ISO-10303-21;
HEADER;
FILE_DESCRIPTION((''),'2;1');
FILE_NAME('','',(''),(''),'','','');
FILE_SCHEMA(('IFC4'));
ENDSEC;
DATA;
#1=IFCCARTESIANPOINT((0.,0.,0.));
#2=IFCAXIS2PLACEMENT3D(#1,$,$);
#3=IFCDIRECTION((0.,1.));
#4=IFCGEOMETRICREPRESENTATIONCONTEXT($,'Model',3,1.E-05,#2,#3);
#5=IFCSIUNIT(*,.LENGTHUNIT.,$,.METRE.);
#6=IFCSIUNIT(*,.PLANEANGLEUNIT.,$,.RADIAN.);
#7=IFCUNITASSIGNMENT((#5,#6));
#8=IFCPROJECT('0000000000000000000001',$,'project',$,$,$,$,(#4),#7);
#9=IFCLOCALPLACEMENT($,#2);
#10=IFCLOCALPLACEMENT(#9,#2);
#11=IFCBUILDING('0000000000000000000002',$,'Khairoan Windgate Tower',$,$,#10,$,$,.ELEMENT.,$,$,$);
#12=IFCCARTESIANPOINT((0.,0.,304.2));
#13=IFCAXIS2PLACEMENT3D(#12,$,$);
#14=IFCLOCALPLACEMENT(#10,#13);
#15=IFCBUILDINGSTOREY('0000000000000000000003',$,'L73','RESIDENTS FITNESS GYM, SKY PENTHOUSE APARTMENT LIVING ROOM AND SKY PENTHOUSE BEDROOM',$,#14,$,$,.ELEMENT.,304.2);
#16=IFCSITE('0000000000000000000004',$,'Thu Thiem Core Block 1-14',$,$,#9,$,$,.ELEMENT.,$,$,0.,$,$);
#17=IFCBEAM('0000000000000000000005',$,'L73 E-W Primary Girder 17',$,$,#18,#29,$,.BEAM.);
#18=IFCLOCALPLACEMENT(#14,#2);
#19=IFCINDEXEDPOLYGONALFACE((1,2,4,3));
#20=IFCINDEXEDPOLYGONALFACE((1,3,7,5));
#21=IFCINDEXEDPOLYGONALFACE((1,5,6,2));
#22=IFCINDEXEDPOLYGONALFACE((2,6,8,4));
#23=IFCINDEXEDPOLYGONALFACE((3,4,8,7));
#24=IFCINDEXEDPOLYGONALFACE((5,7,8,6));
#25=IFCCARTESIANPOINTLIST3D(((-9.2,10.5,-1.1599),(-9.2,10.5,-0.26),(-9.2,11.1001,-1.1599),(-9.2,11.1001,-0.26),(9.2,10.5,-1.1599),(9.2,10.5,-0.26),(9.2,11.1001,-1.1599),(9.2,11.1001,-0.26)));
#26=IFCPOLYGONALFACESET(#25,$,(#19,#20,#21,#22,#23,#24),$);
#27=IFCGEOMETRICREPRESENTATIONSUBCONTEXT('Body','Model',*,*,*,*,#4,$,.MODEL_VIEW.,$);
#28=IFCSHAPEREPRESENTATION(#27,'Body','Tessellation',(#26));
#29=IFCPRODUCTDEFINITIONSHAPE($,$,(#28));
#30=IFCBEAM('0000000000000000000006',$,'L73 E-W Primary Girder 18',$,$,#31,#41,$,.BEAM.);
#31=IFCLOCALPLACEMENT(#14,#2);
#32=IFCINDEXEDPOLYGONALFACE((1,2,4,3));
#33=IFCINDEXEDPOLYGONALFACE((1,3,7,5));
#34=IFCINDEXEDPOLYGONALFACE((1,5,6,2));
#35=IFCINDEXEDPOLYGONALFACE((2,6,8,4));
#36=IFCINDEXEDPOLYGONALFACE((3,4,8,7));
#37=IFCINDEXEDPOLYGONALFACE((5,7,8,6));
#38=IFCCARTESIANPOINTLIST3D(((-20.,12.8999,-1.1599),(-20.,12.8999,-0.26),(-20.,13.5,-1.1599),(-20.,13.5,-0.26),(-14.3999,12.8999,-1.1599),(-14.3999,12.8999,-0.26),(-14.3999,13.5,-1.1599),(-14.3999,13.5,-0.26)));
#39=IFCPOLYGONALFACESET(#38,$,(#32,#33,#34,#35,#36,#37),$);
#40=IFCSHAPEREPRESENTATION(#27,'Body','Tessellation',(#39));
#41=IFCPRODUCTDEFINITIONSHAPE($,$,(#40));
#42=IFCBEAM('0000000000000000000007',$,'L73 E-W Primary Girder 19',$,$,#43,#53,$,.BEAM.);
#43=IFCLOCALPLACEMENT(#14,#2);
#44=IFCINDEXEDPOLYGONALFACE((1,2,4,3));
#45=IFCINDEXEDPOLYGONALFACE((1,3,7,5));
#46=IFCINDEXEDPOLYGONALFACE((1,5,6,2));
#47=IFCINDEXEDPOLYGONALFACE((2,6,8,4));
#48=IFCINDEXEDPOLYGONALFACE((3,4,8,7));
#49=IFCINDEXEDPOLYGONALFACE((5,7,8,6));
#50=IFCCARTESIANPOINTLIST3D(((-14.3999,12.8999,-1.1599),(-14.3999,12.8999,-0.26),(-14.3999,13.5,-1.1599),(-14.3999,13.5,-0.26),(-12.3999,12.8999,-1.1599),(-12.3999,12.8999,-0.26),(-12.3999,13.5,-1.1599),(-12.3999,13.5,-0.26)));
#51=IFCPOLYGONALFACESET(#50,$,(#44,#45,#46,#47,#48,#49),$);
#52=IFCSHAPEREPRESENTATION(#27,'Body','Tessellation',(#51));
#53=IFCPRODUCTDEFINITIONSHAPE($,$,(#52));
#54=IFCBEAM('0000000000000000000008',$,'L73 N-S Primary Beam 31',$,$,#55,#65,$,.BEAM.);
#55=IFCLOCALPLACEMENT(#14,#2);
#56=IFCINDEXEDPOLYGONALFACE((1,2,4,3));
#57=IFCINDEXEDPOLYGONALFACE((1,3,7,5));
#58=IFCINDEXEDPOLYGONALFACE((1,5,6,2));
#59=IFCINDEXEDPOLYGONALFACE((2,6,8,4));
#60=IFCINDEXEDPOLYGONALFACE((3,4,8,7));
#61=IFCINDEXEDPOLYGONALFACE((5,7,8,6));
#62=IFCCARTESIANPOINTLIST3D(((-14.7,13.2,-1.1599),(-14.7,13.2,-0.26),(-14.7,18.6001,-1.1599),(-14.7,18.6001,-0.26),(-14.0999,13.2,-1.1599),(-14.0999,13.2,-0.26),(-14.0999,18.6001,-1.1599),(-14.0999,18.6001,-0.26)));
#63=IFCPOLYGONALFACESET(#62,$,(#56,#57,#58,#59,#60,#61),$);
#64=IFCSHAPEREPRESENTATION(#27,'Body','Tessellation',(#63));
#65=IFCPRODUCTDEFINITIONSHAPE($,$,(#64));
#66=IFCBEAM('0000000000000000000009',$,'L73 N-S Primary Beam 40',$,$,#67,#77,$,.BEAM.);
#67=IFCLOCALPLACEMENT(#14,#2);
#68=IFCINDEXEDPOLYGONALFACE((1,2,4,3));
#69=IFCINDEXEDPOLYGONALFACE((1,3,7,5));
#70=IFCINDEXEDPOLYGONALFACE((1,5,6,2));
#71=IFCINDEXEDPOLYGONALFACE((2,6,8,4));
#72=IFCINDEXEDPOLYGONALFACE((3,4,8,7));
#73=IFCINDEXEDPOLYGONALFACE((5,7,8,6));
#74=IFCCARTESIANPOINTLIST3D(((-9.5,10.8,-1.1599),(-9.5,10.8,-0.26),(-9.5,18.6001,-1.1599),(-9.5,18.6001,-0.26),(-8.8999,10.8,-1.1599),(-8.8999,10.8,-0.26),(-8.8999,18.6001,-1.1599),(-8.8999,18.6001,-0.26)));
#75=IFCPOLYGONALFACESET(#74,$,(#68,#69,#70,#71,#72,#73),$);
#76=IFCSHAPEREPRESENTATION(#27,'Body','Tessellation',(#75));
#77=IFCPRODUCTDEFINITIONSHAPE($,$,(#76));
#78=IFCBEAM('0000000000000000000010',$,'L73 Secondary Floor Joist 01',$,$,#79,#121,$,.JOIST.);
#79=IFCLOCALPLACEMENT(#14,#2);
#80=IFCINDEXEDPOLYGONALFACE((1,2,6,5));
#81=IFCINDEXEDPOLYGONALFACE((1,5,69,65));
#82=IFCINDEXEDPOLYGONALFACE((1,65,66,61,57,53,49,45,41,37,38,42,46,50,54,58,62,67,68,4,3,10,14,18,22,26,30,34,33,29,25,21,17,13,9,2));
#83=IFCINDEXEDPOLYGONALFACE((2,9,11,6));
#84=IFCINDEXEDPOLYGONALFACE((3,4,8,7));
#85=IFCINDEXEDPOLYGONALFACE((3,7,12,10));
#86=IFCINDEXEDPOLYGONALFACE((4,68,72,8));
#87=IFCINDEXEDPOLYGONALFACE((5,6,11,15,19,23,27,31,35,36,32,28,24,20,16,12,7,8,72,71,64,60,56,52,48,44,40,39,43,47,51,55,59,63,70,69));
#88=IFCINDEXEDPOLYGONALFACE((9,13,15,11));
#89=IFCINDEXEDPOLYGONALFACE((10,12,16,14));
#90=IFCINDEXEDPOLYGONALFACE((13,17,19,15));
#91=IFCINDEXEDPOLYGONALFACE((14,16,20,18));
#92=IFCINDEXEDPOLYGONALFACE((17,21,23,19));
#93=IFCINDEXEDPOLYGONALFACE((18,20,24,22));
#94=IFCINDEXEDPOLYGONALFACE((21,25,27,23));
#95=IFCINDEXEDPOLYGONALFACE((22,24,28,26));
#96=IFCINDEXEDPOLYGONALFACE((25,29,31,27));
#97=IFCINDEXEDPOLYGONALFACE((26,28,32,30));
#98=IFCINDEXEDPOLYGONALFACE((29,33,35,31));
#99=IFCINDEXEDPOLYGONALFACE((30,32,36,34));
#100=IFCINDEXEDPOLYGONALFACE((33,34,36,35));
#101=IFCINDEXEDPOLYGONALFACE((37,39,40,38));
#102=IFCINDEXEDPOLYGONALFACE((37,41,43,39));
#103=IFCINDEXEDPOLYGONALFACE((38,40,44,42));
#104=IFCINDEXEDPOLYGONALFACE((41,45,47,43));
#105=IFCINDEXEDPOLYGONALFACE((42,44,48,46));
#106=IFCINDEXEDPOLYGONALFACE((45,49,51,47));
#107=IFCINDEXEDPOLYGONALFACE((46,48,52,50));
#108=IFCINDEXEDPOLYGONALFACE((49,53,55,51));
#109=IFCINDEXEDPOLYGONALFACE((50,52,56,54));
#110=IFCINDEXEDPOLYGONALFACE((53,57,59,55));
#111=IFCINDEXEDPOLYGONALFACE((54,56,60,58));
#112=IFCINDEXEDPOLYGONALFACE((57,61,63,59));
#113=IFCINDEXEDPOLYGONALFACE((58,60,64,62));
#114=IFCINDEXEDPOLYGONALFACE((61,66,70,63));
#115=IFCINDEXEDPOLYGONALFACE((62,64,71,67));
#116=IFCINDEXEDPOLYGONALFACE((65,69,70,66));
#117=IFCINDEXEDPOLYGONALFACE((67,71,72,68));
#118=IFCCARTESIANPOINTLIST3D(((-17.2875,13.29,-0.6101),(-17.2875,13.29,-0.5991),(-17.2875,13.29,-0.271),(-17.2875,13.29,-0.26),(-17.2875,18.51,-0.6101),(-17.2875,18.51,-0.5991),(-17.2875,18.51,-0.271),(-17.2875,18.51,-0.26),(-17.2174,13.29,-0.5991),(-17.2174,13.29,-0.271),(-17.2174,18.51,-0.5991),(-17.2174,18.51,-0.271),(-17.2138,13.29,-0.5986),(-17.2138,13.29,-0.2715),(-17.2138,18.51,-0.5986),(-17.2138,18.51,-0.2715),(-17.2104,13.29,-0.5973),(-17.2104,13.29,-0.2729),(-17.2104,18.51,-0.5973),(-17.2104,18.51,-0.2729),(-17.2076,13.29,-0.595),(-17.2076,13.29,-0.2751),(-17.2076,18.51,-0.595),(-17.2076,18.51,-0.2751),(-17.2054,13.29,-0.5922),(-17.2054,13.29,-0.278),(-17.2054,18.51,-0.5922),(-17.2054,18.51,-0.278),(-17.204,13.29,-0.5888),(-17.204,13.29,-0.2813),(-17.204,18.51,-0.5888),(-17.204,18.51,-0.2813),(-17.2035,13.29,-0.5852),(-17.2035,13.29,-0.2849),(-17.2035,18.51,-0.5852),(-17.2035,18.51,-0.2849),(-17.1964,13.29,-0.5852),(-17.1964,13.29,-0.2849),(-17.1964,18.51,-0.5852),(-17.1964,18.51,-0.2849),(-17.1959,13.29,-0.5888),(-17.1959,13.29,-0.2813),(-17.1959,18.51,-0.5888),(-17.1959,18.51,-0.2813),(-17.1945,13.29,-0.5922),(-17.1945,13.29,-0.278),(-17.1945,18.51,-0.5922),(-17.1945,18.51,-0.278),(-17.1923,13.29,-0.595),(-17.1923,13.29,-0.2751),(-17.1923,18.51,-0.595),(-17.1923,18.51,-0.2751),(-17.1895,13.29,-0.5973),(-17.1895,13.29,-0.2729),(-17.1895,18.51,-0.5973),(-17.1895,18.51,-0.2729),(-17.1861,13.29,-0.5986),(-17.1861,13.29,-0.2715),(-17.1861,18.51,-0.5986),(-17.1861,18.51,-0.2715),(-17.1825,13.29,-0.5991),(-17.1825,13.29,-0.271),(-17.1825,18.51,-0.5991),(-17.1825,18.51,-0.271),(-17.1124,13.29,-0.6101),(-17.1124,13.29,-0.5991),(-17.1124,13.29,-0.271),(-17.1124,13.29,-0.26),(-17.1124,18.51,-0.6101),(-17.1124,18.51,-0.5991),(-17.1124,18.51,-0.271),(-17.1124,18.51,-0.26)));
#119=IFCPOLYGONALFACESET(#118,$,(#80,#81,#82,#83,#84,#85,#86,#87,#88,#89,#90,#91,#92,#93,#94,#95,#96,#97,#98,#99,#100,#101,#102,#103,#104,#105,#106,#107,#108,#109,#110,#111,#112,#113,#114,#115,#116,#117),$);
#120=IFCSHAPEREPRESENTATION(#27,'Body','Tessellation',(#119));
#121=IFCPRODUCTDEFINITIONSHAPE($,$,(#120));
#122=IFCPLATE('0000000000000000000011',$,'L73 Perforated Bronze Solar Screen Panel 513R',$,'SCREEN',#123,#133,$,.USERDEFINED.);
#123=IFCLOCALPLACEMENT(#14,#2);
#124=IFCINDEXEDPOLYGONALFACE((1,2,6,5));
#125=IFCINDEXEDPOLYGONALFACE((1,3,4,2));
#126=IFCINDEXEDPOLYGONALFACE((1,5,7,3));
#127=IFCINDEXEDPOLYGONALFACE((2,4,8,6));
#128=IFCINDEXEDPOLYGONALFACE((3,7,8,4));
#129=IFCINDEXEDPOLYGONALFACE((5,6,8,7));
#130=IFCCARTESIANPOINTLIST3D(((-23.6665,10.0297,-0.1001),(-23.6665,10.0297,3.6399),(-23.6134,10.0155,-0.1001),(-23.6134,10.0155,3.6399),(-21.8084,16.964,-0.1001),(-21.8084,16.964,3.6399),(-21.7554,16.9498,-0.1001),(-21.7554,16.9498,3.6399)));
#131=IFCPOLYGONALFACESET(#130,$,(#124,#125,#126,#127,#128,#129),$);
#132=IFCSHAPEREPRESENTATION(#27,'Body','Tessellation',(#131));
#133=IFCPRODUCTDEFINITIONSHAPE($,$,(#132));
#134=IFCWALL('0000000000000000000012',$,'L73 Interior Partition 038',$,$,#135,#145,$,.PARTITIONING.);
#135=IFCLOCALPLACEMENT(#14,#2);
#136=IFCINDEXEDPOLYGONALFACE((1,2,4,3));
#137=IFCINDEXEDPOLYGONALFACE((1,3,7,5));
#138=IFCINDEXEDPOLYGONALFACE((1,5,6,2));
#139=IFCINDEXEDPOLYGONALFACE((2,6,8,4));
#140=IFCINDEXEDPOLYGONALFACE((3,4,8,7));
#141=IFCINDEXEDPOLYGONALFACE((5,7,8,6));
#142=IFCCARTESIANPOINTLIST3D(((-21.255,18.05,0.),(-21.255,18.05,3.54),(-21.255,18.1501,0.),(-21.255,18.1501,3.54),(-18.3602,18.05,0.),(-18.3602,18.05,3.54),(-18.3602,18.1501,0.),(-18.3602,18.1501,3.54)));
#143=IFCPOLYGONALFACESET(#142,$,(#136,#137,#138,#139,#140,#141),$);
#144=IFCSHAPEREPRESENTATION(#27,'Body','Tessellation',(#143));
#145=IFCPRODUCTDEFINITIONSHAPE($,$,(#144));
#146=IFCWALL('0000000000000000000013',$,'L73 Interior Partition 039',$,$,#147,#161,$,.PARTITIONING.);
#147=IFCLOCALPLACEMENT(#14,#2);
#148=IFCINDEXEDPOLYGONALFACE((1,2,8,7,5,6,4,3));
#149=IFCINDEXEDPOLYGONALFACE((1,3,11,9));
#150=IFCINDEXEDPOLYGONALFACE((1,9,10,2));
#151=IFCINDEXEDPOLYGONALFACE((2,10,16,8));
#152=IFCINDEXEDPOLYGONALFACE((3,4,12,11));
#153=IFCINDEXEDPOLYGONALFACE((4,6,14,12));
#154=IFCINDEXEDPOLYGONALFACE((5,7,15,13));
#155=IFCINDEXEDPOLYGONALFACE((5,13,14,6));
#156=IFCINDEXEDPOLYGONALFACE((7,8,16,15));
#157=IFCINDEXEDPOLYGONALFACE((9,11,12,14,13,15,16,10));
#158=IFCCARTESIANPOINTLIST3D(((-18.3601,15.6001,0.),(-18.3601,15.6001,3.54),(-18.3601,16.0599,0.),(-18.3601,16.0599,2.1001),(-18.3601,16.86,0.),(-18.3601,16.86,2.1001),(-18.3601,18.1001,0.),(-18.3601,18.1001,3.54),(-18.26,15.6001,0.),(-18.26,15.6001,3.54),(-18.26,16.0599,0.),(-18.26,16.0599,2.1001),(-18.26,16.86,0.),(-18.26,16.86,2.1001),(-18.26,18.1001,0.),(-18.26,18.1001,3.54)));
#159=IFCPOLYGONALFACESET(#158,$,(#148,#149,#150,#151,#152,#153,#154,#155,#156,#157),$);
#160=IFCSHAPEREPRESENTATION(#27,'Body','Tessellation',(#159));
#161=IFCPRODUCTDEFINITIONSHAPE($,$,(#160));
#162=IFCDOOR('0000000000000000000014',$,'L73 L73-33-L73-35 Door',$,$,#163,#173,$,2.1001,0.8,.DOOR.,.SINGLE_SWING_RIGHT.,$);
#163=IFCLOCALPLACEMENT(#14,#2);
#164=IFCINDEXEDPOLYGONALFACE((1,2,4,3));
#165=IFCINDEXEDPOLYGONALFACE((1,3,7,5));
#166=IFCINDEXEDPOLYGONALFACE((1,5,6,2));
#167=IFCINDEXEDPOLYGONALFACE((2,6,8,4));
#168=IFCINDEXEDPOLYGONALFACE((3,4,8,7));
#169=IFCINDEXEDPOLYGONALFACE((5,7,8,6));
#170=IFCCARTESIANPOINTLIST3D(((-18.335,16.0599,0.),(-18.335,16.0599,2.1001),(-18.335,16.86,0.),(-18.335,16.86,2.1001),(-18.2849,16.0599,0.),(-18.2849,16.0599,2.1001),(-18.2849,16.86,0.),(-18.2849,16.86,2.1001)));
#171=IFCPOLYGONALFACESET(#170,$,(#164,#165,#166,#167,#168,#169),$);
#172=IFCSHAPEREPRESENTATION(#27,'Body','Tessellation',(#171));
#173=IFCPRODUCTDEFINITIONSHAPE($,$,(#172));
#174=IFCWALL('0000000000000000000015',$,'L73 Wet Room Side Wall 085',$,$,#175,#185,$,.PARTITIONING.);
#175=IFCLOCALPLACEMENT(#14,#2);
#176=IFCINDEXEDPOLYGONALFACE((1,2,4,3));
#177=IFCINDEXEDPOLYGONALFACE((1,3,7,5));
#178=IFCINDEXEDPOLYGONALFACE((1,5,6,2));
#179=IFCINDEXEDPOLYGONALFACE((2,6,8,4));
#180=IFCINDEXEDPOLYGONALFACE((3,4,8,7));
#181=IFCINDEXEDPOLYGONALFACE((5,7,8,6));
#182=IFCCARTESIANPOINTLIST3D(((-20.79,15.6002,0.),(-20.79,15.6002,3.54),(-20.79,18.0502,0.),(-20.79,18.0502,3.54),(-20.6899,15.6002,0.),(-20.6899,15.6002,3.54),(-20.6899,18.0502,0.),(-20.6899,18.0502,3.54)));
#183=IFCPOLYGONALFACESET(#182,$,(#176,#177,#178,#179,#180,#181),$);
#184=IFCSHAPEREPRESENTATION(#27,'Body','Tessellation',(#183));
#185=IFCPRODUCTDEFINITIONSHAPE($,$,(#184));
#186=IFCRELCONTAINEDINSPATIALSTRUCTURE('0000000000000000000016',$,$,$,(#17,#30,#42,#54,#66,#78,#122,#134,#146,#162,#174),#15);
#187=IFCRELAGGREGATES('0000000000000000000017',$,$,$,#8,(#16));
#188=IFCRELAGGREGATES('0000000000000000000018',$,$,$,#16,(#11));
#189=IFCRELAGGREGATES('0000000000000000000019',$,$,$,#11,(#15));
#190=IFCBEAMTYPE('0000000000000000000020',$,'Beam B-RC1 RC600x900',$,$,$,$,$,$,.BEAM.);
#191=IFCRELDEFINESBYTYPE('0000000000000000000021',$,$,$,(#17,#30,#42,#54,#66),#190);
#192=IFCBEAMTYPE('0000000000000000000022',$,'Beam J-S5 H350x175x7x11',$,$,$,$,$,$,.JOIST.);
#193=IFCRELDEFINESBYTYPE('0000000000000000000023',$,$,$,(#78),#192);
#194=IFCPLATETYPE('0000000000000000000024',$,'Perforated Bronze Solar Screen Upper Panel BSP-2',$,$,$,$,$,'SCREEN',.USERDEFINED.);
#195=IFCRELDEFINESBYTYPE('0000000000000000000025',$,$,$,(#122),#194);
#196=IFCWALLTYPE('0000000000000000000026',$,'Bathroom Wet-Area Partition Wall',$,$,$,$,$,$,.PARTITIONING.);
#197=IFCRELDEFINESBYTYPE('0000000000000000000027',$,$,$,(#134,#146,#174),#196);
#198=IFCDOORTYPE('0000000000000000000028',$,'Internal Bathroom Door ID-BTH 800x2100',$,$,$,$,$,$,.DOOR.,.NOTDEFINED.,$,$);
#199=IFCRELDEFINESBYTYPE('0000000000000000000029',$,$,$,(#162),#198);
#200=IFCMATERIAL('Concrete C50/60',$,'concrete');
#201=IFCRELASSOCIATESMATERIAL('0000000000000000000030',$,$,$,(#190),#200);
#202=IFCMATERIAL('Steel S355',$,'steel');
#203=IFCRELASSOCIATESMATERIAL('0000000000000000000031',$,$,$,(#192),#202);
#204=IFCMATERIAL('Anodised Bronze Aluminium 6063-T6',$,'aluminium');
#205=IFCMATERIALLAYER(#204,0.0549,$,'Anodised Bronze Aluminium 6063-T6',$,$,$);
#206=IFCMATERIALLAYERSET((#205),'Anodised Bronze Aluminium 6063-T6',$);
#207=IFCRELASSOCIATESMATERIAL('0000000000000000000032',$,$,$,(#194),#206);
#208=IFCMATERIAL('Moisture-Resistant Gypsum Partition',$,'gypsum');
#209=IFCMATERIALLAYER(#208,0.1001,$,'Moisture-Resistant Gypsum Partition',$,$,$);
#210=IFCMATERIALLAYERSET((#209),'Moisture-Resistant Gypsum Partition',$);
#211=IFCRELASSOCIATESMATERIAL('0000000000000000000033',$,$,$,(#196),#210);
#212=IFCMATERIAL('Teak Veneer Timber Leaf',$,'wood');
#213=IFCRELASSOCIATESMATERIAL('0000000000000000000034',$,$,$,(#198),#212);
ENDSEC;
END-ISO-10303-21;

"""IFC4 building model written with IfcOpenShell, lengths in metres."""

from ifc_helpers import new_model, si_unit, direction, frame, frame_2d, origin, origin_2d, place, context, subcontext, project, spatial, rectangle, i_section, extrude, material, layer, layer_set, material_profile, profile_set, type_object, element, fill, save


model = new_model("IFC4")

# Units and contexts
model_context = context("Model", 3, precision=1e-05, world=origin(), true_north=direction((0.0, 1.0)))
body_context = subcontext(model_context, "Body", "Model", "MODEL_VIEW")
ifc_project = project(units=[si_unit("LENGTHUNIT", "METRE"), si_unit("PLANEANGLEUNIT", "RADIAN")], contexts=[model_context])

# Site, building, storey
site_placement = place(None, origin())
site = spatial("IfcSite", under=ifc_project, at=site_placement, Name="Thu Thiem Core Block 1-14", CompositionType="ELEMENT", RefElevation=0.0)
building_placement = place(site_placement, origin())
building = spatial("IfcBuilding", under=site, at=building_placement, Name="Khairoan Windgate Tower", CompositionType="ELEMENT")
storey_placement = place(building_placement, frame((0.0, 0.0, 304.2)))
storey = spatial("IfcBuildingStorey", under=building, at=storey_placement, Name="L73", Description="RESIDENTS FITNESS GYM, SKY PENTHOUSE APARTMENT LIVING ROOM AND SKY PENTHOUSE BEDROOM", CompositionType="ELEMENT", Elevation=304.2)

# Beams
ifc_material_1 = material(Name="Concrete C50/60", Category="concrete")
ifc_material_profile_1 = material_profile(ifc_material_1, rectangle(XDim=0.6001, YDim=0.8999, at=origin_2d()))
ifc_profile_set_1 = profile_set([ifc_material_profile_1], Name="Concrete C50/60")
beam_type_1 = type_object("IfcBeamType", Name="Beam B-RC1 RC600x900", PredefinedType="BEAM", material=ifc_profile_set_1)
beam_1_placement = place(storey_placement, frame((-9.2, 10.8, -0.71), z_axis=(1.0, 0.0, 0.0), x_axis=(0.0, 1.0, 0.0)))
element("IfcBeam", 1, at=beam_1_placement, inside=storey, type_object=beam_type_1, Name="L73 E-W Primary Girder 17", PredefinedType="BEAM", context=body_context, shape_type="SweptSolid", body=[
    extrude(rectangle(XDim=0.6001, YDim=0.8999, at=origin_2d()), origin(), (0.0, 0.0, 1.0), 18.3999),
])
beam_2_placement = place(storey_placement, frame((-20.0, 13.2, -0.71), z_axis=(1.0, 0.0, 0.0), x_axis=(0.0, 1.0, 0.0)))
element("IfcBeam", 2, at=beam_2_placement, inside=storey, type_object=beam_type_1, Name="L73 E-W Primary Girder 18", PredefinedType="BEAM", context=body_context, shape_type="SweptSolid", body=[
    extrude(rectangle(XDim=0.6001, YDim=0.8999, at=origin_2d()), origin(), (0.0, 0.0, 1.0), 5.6001),
])
beam_3_placement = place(storey_placement, frame((-14.3999, 13.2, -0.71), z_axis=(1.0, 0.0, 0.0), x_axis=(0.0, 1.0, 0.0)))
element("IfcBeam", 3, at=beam_3_placement, inside=storey, type_object=beam_type_1, Name="L73 E-W Primary Girder 19", PredefinedType="BEAM", context=body_context, shape_type="SweptSolid", body=[
    extrude(rectangle(XDim=0.6001, YDim=0.8999, at=origin_2d()), origin(), (0.0, 0.0, 1.0), 2.0),
])
beam_4_placement = place(storey_placement, frame((-14.3999, 13.2, -0.71), z_axis=(0.0, 1.0, 0.0), x_axis=(-1.0, 0.0, 0.0)))
element("IfcBeam", 4, at=beam_4_placement, inside=storey, type_object=beam_type_1, Name="L73 N-S Primary Beam 31", PredefinedType="BEAM", context=body_context, shape_type="SweptSolid", body=[
    extrude(rectangle(XDim=0.6001, YDim=0.8999, at=origin_2d()), origin(), (0.0, 0.0, 1.0), 5.4001),
])
beam_5_placement = place(storey_placement, frame((-9.2, 10.8, -0.71), z_axis=(0.0, 1.0, 0.0), x_axis=(-1.0, 0.0, 0.0)))
element("IfcBeam", 5, at=beam_5_placement, inside=storey, type_object=beam_type_1, Name="L73 N-S Primary Beam 40", PredefinedType="BEAM", context=body_context, shape_type="SweptSolid", body=[
    extrude(rectangle(XDim=0.6001, YDim=0.8999, at=origin_2d()), origin(), (0.0, 0.0, 1.0), 7.8),
])
ifc_material_2 = material(Name="Steel S355", Category="steel")
ifc_material_profile_2 = material_profile(ifc_material_2, i_section(OverallWidth=0.175, OverallDepth=0.3501, WebThickness=0.0071, FlangeThickness=0.011, FilletRadius=0.0139, at=origin_2d()))
ifc_profile_set_2 = profile_set([ifc_material_profile_2], Name="Steel S355")
beam_type_2 = type_object("IfcBeamType", Name="Beam J-S5 H350x175x7x11", PredefinedType="JOIST", material=ifc_profile_set_2)
beam_6_placement = place(storey_placement, frame((-17.2, 13.29, -0.4351), z_axis=(0.0, 1.0, 0.0), x_axis=(-1.0, 0.0, 0.0)))
element("IfcBeam", 6, at=beam_6_placement, inside=storey, type_object=beam_type_2, Name="L73 Secondary Floor Joist 01", PredefinedType="JOIST", context=body_context, shape_type="SweptSolid", body=[
    extrude(i_section(OverallWidth=0.175, OverallDepth=0.3501, WebThickness=0.0071, FlangeThickness=0.011, FilletRadius=0.0139, at=origin_2d()), origin(), (0.0, 0.0, 1.0), 5.22),
])

# Plate
ifc_material_3 = material(Name="Anodised Bronze Aluminium 6063-T6", Category="aluminium")
ifc_layer_1 = layer(ifc_material_3, 0.0549, Name="Anodised Bronze Aluminium 6063-T6")
ifc_layer_set_1 = layer_set([ifc_layer_1], Name="Anodised Bronze Aluminium 6063-T6")
plate_type = type_object("IfcPlateType", Name="Perforated Bronze Solar Screen Upper Panel BSP-2", ElementType="SCREEN", PredefinedType="USERDEFINED", material=ifc_layer_set_1)
plate_placement = place(storey_placement, frame((-22.7109, 13.4897, -0.1001), z_axis=(0.0, 0.0, 1.0), x_axis=(0.258819, 0.965926, 0.0)))
element("IfcPlate", 7, at=plate_placement, inside=storey, type_object=plate_type, Name="L73 Perforated Bronze Solar Screen Panel 513R", ObjectType="SCREEN", PredefinedType="USERDEFINED", context=body_context, shape_type="SweptSolid", body=[
    extrude(rectangle(XDim=7.179, YDim=0.0549, at=origin_2d()), origin(), (0.0, 0.0, 1.0), 3.74),
])

# Wall
ifc_material_4 = material(Name="Moisture-Resistant Gypsum Partition", Category="gypsum")
ifc_layer_2 = layer(ifc_material_4, 0.1001, Name="Moisture-Resistant Gypsum Partition")
ifc_layer_set_2 = layer_set([ifc_layer_2], Name="Moisture-Resistant Gypsum Partition")
wall_type_1 = type_object("IfcWallType", Name="Bathroom Wet-Area Partition Wall", PredefinedType="PARTITIONING", material=ifc_layer_set_2)
wall_1_placement = place(storey_placement, frame((-21.2549, 18.1001, 0.0), z_axis=(0.0, 0.0, 1.0), x_axis=(1.0, 0.0, 0.0)))
element("IfcWall", 8, at=wall_1_placement, inside=storey, type_object=wall_type_1, Name="L73 Interior Partition 038", PredefinedType="PARTITIONING", context=body_context, shape_type="SweptSolid", body=[
    extrude(rectangle(XDim=2.8948, YDim=0.1001, at=frame_2d((1.4473, 0.0))), origin(), (0.0, 0.0, 1.0), 3.54),
])

# Wall, opening, door
wall_2_placement = place(storey_placement, frame((-18.3101, 15.6001, 0.0), z_axis=(0.0, 0.0, 1.0), x_axis=(0.0, 1.0, 0.0)))
wall_2 = element("IfcWall", 9, at=wall_2_placement, inside=storey, type_object=wall_type_1, Name="L73 Interior Partition 039", PredefinedType="PARTITIONING", context=body_context, shape_type="SweptSolid", body=[
    extrude(rectangle(XDim=2.5, YDim=0.1001, at=frame_2d((1.25, 0.0))), origin(), (0.0, 0.0, 1.0), 3.54),
])
opening_1_placement = place(wall_2_placement, frame((0.46, 0.0, 0.0)))
opening_1 = element("IfcOpeningElement", 10, at=opening_1_placement, cuts=wall_2, PredefinedType="OPENING", context=body_context, shape_type="SweptSolid", body=[
    extrude(rectangle(XDim=0.8, YDim=2.1001, at=frame_2d((0.3999, 1.05))), frame((0.0, 0.0601, 0.0), z_axis=(0.0, -1.0, 0.0), x_axis=(1.0, 0.0, 0.0)), (0.0, 0.0, 1.0), 0.1201),
])
ifc_material_5 = material(Name="Teak Veneer Timber Leaf", Category="wood")
door_type_1 = type_object("IfcDoorType", Name="Internal Bathroom Door ID-BTH 800x2100", OperationType="NOTDEFINED", PredefinedType="DOOR", material=ifc_material_5)
door_1_placement = place(opening_1_placement, origin())
door_1 = element("IfcDoor", 11, at=door_1_placement, inside=storey, type_object=door_type_1, Name="L73 L73-33-L73-35 Door", OperationType="SINGLE_SWING_RIGHT", OverallHeight=2.1001, OverallWidth=0.8, PredefinedType="DOOR", context=body_context, shape_type="SweptSolid", body=[
    extrude(rectangle(XDim=0.8, YDim=2.1001, at=frame_2d((0.3999, 1.05))), frame((0.0, 0.0249, 0.0), z_axis=(0.0, -1.0, 0.0), x_axis=(1.0, 0.0, 0.0)), (0.0, 0.0, 1.0), 0.05),
])
fill(opening_1, door_1)

# Wall
wall_3_placement = place(storey_placement, frame((-20.74, 15.6001, 0.0), z_axis=(0.0, 0.0, 1.0), x_axis=(0.0, 1.0, 0.0)))
element("IfcWall", 12, at=wall_3_placement, inside=storey, type_object=wall_type_1, Name="L73 Wet Room Side Wall 085", PredefinedType="PARTITIONING", context=body_context, shape_type="SweptSolid", body=[
    extrude(rectangle(XDim=2.45, YDim=0.1001, at=frame_2d((1.2251, 0.0))), origin(), (0.0, 0.0, 1.0), 3.54),
])

save(model, "model.ifc")
